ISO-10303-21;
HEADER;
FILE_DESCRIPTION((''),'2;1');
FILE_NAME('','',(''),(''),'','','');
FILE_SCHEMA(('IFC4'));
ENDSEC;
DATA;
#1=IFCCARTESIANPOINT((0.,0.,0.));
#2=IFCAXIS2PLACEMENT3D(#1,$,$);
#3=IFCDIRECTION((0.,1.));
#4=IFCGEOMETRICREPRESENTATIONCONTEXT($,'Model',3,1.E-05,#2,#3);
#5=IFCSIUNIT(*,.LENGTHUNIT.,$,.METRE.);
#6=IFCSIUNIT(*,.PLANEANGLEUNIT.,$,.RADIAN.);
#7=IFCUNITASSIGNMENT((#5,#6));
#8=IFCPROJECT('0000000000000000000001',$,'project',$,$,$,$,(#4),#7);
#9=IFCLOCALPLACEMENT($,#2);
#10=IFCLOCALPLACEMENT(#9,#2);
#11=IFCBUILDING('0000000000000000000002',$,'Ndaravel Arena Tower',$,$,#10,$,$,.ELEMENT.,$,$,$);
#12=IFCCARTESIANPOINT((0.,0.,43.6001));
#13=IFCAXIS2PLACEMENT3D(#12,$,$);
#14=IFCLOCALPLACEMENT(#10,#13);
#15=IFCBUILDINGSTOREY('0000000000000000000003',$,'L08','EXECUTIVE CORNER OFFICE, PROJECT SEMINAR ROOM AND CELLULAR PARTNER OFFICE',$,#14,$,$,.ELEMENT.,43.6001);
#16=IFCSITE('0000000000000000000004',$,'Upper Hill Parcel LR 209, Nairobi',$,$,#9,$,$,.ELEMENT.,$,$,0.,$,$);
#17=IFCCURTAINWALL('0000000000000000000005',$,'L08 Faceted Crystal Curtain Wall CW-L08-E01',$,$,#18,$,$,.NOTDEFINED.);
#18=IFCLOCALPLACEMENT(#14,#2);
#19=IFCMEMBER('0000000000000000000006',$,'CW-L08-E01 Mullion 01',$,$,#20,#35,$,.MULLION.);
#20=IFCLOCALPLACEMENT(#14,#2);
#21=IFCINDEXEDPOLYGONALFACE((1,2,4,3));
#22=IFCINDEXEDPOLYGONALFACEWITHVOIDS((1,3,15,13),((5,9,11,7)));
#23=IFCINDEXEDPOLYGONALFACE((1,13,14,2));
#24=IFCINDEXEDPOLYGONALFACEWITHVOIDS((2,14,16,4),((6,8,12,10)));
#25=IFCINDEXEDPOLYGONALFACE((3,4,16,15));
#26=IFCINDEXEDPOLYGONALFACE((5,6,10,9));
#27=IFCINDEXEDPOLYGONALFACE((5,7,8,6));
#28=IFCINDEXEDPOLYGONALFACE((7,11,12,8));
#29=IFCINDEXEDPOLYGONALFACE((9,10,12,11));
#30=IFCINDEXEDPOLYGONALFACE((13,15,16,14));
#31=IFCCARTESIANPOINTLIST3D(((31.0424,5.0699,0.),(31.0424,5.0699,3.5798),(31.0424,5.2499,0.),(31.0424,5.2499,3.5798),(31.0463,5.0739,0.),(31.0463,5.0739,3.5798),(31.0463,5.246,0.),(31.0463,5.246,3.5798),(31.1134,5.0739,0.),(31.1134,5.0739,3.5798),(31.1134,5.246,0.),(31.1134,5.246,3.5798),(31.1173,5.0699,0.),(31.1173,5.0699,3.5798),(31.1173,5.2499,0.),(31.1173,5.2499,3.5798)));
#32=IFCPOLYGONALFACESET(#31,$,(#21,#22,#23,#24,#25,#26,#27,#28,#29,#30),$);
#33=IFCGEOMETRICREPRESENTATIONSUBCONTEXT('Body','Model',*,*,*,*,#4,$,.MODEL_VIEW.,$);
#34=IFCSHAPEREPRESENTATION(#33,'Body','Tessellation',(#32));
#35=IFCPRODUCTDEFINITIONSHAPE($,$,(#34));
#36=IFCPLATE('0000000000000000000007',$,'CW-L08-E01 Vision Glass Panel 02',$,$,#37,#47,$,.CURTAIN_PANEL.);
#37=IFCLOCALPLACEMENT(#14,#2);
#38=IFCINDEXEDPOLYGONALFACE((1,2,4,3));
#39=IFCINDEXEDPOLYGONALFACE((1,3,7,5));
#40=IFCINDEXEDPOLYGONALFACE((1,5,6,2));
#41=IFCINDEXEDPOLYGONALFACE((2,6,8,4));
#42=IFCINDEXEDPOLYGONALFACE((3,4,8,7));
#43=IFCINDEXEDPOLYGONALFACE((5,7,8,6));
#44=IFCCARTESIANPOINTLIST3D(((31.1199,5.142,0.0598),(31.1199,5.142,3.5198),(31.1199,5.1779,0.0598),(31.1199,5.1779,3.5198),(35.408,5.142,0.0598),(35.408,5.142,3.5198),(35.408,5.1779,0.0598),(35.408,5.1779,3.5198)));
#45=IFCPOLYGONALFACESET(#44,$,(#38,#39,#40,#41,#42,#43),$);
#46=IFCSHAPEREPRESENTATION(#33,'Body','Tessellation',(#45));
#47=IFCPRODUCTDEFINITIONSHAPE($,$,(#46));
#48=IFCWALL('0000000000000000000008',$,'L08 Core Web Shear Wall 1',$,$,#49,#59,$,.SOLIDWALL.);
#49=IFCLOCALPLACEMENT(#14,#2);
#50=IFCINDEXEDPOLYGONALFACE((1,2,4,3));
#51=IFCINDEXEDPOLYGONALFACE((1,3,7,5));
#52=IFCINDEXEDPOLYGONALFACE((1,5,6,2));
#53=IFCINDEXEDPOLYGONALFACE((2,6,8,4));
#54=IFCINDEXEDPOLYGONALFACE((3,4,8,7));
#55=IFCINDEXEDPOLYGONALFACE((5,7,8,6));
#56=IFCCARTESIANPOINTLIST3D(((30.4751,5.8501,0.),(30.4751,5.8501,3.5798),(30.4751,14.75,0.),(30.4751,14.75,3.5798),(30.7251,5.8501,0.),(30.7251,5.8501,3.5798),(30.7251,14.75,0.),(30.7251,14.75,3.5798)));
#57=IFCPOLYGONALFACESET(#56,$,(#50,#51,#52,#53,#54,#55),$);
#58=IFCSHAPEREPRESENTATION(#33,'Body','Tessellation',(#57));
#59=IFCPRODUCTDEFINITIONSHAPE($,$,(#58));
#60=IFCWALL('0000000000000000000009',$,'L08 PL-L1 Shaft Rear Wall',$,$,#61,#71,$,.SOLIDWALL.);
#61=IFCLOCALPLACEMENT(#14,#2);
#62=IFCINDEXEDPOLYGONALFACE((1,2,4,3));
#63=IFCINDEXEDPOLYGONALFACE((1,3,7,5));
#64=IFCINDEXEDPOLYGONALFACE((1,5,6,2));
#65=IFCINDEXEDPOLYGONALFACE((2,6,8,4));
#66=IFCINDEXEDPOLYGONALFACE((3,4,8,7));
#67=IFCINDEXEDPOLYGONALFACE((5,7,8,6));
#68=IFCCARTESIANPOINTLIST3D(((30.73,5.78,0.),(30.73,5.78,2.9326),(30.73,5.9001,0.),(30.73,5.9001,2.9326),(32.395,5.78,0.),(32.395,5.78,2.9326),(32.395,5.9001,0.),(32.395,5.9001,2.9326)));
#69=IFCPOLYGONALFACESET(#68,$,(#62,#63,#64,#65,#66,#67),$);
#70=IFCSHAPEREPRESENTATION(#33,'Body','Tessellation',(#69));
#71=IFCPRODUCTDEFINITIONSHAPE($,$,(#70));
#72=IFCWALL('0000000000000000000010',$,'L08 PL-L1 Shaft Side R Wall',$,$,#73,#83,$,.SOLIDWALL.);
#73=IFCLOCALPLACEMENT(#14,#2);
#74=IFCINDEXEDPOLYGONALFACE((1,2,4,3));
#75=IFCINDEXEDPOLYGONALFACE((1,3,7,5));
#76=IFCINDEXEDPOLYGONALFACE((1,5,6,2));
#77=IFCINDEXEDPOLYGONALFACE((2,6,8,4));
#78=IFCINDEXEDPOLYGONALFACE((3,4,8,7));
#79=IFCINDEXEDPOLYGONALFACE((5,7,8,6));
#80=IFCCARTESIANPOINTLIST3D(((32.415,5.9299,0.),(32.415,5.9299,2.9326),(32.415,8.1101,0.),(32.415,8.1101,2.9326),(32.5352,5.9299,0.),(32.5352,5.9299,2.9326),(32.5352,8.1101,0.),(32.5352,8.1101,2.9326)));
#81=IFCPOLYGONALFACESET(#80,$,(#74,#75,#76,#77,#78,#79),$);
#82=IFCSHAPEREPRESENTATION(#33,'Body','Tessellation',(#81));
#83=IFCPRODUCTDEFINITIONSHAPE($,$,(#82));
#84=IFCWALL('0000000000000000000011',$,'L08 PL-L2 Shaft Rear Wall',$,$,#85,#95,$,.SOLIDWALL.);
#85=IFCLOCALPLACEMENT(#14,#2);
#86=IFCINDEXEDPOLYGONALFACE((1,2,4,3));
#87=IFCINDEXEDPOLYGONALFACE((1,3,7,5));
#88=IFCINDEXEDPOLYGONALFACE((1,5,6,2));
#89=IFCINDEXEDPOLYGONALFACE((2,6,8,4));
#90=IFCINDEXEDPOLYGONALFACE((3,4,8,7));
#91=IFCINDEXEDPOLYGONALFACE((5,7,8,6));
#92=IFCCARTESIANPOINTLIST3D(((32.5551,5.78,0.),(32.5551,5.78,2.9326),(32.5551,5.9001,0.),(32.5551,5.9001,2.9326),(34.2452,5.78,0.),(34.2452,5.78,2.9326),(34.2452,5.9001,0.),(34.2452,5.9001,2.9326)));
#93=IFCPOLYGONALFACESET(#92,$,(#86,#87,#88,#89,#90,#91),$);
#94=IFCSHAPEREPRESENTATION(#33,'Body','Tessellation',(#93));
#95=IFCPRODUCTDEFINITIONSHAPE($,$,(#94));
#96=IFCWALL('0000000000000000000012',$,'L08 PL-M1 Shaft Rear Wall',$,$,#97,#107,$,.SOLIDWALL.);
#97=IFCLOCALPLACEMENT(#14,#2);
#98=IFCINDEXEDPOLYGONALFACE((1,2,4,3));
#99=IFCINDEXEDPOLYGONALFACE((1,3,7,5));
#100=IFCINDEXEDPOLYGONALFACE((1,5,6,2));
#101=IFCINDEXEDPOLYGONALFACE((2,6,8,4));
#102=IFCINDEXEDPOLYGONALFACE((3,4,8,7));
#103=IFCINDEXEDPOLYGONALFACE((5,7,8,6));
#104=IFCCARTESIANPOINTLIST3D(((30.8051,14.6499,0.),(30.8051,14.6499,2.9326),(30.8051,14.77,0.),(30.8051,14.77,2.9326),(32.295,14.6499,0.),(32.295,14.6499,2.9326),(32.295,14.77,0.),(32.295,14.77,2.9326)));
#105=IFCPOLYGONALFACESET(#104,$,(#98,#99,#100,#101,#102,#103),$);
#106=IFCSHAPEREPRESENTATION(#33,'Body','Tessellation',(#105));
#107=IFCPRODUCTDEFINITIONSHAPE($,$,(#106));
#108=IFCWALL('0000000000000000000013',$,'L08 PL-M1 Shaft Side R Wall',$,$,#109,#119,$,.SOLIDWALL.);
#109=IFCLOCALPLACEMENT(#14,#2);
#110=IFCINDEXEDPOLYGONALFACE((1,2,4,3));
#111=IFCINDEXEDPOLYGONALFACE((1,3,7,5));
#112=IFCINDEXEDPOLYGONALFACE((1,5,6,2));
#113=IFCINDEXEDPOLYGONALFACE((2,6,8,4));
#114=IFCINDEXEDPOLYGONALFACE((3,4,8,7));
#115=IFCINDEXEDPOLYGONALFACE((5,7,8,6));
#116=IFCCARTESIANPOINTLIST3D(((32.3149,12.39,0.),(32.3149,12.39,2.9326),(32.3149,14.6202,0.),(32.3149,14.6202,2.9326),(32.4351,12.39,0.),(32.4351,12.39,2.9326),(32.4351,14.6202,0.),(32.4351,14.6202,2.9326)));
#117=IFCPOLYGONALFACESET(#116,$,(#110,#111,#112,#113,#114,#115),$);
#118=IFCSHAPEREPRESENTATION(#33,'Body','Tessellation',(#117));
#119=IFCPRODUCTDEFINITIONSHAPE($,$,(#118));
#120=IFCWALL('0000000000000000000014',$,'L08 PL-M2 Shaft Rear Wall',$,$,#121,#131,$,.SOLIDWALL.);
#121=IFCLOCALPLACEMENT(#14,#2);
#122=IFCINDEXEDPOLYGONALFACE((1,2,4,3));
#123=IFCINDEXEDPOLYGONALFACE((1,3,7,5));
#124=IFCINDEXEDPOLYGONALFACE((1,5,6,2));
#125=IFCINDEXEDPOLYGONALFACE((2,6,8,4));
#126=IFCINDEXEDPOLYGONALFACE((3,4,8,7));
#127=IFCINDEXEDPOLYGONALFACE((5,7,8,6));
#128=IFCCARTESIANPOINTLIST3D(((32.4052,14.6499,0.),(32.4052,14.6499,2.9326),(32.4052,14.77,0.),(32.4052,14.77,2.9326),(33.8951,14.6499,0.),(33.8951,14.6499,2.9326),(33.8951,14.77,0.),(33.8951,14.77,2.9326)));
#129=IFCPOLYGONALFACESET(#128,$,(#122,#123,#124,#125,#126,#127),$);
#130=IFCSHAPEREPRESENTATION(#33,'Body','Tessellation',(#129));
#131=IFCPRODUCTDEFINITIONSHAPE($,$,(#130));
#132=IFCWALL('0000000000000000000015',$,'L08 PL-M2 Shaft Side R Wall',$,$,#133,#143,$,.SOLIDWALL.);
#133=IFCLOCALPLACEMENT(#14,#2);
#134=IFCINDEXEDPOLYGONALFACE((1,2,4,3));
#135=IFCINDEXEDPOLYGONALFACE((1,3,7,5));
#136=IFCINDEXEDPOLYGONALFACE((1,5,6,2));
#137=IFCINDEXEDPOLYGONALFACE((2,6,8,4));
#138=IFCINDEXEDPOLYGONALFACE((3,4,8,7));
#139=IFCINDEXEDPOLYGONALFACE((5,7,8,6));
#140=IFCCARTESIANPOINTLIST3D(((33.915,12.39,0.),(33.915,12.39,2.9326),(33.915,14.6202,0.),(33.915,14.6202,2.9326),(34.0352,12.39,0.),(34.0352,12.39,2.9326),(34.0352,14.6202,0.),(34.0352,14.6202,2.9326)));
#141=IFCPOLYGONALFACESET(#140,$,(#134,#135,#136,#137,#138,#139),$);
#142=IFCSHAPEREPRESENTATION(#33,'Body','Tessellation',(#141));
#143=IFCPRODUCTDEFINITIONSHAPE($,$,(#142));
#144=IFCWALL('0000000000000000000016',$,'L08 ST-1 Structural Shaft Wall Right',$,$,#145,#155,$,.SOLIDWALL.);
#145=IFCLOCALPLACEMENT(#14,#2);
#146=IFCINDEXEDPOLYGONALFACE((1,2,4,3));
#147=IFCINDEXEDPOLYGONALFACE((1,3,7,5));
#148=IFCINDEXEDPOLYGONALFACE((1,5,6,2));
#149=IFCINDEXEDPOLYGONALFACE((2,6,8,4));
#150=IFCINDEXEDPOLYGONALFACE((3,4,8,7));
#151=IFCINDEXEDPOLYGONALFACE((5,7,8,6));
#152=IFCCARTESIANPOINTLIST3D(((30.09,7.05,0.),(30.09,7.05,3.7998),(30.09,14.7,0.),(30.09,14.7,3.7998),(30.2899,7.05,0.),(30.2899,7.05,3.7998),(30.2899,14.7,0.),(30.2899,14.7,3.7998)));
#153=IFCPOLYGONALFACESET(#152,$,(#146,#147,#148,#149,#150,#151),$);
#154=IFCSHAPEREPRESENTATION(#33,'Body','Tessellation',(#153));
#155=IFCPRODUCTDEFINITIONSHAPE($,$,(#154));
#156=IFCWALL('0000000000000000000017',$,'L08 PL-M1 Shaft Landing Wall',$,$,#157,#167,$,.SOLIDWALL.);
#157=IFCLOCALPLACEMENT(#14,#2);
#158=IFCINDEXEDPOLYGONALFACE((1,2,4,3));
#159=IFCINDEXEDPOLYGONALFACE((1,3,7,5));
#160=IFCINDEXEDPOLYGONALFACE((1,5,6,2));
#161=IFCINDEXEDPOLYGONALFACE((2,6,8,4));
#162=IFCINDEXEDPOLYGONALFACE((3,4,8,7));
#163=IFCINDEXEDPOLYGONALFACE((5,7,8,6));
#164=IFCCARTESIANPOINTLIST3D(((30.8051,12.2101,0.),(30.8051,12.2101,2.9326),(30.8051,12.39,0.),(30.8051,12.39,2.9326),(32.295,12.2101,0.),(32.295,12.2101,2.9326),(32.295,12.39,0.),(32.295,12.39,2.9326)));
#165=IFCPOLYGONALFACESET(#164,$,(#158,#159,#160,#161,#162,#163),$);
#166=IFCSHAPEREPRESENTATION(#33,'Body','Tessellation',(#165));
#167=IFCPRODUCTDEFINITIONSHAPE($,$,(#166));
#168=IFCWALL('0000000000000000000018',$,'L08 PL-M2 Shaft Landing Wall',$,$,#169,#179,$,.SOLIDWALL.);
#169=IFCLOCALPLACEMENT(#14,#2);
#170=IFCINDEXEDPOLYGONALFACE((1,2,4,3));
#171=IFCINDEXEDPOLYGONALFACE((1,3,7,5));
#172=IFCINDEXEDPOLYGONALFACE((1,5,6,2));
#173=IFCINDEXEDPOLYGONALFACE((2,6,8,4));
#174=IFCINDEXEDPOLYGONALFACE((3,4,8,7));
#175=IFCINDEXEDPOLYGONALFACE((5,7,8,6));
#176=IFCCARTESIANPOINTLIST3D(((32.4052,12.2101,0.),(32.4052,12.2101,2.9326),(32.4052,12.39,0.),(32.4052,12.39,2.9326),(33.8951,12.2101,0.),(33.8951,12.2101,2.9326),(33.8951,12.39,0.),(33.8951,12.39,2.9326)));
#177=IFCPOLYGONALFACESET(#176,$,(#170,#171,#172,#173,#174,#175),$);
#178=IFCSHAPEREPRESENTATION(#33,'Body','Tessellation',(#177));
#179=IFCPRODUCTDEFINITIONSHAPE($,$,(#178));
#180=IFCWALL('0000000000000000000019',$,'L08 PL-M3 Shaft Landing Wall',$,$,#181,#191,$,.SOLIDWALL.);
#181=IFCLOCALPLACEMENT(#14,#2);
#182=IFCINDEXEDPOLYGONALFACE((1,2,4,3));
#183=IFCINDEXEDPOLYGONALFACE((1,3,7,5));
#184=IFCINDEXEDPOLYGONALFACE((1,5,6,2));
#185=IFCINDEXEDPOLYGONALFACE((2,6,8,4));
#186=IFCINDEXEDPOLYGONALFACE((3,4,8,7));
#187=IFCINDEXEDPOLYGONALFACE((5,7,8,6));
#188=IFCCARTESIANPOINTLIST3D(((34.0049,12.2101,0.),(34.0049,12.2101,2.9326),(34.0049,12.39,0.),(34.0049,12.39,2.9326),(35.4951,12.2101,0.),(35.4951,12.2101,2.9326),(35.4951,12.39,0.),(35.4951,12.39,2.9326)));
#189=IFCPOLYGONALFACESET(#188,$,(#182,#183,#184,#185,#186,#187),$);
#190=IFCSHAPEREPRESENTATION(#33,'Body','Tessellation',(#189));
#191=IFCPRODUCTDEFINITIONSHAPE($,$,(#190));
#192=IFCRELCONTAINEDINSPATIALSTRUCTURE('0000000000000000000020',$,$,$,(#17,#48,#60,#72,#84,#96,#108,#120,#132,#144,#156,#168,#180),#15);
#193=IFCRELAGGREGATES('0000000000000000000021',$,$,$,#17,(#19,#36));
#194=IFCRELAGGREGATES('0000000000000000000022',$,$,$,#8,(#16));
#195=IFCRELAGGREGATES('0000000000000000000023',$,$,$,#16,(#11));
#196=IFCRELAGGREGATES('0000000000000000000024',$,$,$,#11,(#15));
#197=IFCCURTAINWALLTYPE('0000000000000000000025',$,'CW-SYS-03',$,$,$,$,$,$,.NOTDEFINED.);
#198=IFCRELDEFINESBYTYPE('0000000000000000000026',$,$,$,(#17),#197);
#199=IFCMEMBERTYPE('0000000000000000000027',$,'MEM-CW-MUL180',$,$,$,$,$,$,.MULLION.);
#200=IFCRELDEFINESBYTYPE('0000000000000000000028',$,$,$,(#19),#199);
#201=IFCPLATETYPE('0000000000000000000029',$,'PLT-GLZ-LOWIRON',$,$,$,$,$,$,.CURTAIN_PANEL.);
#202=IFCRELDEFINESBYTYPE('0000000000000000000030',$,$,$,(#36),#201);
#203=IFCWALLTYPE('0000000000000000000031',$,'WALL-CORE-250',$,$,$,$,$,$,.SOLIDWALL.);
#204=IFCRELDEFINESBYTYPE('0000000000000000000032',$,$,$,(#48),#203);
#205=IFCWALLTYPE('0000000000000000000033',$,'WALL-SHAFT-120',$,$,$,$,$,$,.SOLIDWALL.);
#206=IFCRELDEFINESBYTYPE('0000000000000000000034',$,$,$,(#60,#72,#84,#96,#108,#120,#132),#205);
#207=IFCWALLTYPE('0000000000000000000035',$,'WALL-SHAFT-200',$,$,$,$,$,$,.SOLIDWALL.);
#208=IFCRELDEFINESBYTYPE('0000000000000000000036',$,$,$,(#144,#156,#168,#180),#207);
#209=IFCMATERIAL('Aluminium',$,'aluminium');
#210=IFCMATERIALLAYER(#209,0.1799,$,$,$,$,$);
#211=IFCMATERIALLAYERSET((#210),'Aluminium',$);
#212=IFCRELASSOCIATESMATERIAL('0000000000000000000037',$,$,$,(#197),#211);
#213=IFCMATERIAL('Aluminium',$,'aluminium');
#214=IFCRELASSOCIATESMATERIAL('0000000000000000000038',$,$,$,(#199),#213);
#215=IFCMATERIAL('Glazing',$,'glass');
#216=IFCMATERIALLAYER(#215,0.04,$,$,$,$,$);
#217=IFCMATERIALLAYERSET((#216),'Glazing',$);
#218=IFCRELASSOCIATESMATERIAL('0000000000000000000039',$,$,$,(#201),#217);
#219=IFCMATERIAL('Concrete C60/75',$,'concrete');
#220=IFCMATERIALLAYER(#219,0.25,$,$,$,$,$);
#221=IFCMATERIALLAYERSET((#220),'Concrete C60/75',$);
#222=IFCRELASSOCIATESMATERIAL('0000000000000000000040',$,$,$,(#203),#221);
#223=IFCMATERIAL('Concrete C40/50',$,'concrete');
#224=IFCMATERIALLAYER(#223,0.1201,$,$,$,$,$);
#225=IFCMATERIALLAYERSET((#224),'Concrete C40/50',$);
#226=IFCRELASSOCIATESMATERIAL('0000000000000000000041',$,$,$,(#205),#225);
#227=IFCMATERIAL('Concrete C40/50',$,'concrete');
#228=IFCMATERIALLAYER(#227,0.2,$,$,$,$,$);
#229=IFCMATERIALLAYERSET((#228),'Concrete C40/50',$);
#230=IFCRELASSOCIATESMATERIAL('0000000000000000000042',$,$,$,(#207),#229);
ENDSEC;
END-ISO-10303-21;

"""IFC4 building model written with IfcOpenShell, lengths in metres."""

from ifc_helpers import new_model, si_unit, direction, frame, frame_2d, origin, origin_2d, place, context, subcontext, project, spatial, rectangle, hollow_rectangle, extrude, material, layer, layer_set, material_profile, profile_set, type_object, element, aggregate, save


model = new_model("IFC4")

# Units and contexts
model_context = context("Model", 3, precision=1e-05, world=origin(), true_north=direction((0.0, 1.0)))
body_context = subcontext(model_context, "Body", "Model", "MODEL_VIEW")
ifc_project = project(units=[si_unit("LENGTHUNIT", "METRE"), si_unit("PLANEANGLEUNIT", "RADIAN")], contexts=[model_context])

# Site, building, storey
site_placement = place(None, origin())
site = spatial("IfcSite", under=ifc_project, at=site_placement, Name="Upper Hill Parcel LR 209, Nairobi", CompositionType="ELEMENT", RefElevation=0.0)
building_placement = place(site_placement, origin())
building = spatial("IfcBuilding", under=site, at=building_placement, Name="Ndaravel Arena Tower", CompositionType="ELEMENT")
storey_placement = place(building_placement, frame((0.0, 0.0, 43.6001)))
storey = spatial("IfcBuildingStorey", under=building, at=storey_placement, Name="L08", Description="EXECUTIVE CORNER OFFICE, PROJECT SEMINAR ROOM AND CELLULAR PARTNER OFFICE", CompositionType="ELEMENT", Elevation=43.6001)

# Curtain wall, member, plate
ifc_material_1 = material(Name="Aluminium", Category="aluminium")
ifc_layer_1 = layer(ifc_material_1, 0.1799)
ifc_layer_set_1 = layer_set([ifc_layer_1], Name="Aluminium")
curtain_wall_type = type_object("IfcCurtainWallType", Name="CW-SYS-03", PredefinedType="NOTDEFINED", material=ifc_layer_set_1)
curtain_wall_placement = place(storey_placement, origin())
curtain_wall = element("IfcCurtainWall", 1, at=curtain_wall_placement, inside=storey, type_object=curtain_wall_type, Name="L08 Faceted Crystal Curtain Wall CW-L08-E01", PredefinedType="NOTDEFINED")
ifc_material_2 = material(Name="Aluminium", Category="aluminium")
ifc_material_profile = material_profile(ifc_material_2, hollow_rectangle(XDim=0.075, YDim=0.1799, WallThickness=0.0039, at=origin_2d()), Name="CW MULLION 75x180x4")
ifc_profile_set = profile_set([ifc_material_profile], Name="Aluminium")
member_type = type_object("IfcMemberType", Name="MEM-CW-MUL180", PredefinedType="MULLION", material=ifc_profile_set)
member_placement = place(storey_placement, frame((31.0798, 5.1599, 0.0), z_axis=(0.0, 0.0, 1.0), x_axis=(1.0, 0.0, 0.0)))
member = element("IfcMember", 2, at=member_placement, type_object=member_type, Name="CW-L08-E01 Mullion 01", PredefinedType="MULLION", context=body_context, shape_type="SweptSolid", body=[
    extrude(hollow_rectangle(XDim=0.075, YDim=0.1799, WallThickness=0.0039, at=origin_2d()), origin(), (0.0, 0.0, 1.0), 3.5798),
])
ifc_material_3 = material(Name="Glazing", Category="glass")
ifc_layer_2 = layer(ifc_material_3, 0.04)
ifc_layer_set_2 = layer_set([ifc_layer_2], Name="Glazing")
plate_type = type_object("IfcPlateType", Name="PLT-GLZ-LOWIRON", PredefinedType="CURTAIN_PANEL", material=ifc_layer_set_2)
plate_placement = place(storey_placement, frame((33.2639, 5.1599, 0.0598), z_axis=(0.0, 0.0, 1.0), x_axis=(1.0, 0.0, 0.0)))
plate = element("IfcPlate", 3, at=plate_placement, type_object=plate_type, Name="CW-L08-E01 Vision Glass Panel 02", PredefinedType="CURTAIN_PANEL", context=body_context, shape_type="SweptSolid", body=[
    extrude(rectangle(XDim=4.2881, YDim=0.0359, at=origin_2d()), origin(), (0.0, 0.0, 1.0), 3.46),
])
aggregate(curtain_wall, [member, plate])

# Walls
ifc_material_4 = material(Name="Concrete C60/75", Category="concrete")
ifc_layer_3 = layer(ifc_material_4, 0.25)
ifc_layer_set_3 = layer_set([ifc_layer_3], Name="Concrete C60/75")
wall_type_1 = type_object("IfcWallType", Name="WALL-CORE-250", PredefinedType="SOLIDWALL", material=ifc_layer_set_3)
wall_1_placement = place(storey_placement, frame((30.6001, 5.8501, 0.0), z_axis=(0.0, 0.0, 1.0), x_axis=(0.0, 1.0, 0.0)))
element("IfcWall", 4, at=wall_1_placement, inside=storey, type_object=wall_type_1, Name="L08 Core Web Shear Wall 1", PredefinedType="SOLIDWALL", context=body_context, shape_type="SweptSolid", body=[
    extrude(rectangle(XDim=8.8999, YDim=0.25, at=frame_2d((4.45, 0.0))), origin(), (0.0, 0.0, 1.0), 3.5798),
])
ifc_material_5 = material(Name="Concrete C40/50", Category="concrete")
ifc_layer_4 = layer(ifc_material_5, 0.1201)
ifc_layer_set_4 = layer_set([ifc_layer_4], Name="Concrete C40/50")
wall_type_2 = type_object("IfcWallType", Name="WALL-SHAFT-120", PredefinedType="SOLIDWALL", material=ifc_layer_set_4)
wall_2_placement = place(storey_placement, frame((30.73, 5.8401, 0.0), z_axis=(0.0, 0.0, 1.0), x_axis=(1.0, 0.0, 0.0)))
element("IfcWall", 5, at=wall_2_placement, inside=storey, type_object=wall_type_2, Name="L08 PL-L1 Shaft Rear Wall", PredefinedType="SOLIDWALL", context=body_context, shape_type="SweptSolid", body=[
    extrude(rectangle(XDim=1.665, YDim=0.1201, at=frame_2d((0.8325, 0.0))), origin(), (0.0, 0.0, 1.0), 2.9326),
])
wall_3_placement = place(storey_placement, frame((32.4751, 5.9299, 0.0), z_axis=(0.0, 0.0, 1.0), x_axis=(0.0, 1.0, 0.0)))
element("IfcWall", 6, at=wall_3_placement, inside=storey, type_object=wall_type_2, Name="L08 PL-L1 Shaft Side R Wall", PredefinedType="SOLIDWALL", context=body_context, shape_type="SweptSolid", body=[
    extrude(rectangle(XDim=2.1802, YDim=0.1201, at=frame_2d((1.0901, 0.0))), origin(), (0.0, 0.0, 1.0), 2.9326),
])
wall_4_placement = place(storey_placement, frame((32.5549, 5.8401, 0.0), z_axis=(0.0, 0.0, 1.0), x_axis=(1.0, 0.0, 0.0)))
element("IfcWall", 7, at=wall_4_placement, inside=storey, type_object=wall_type_2, Name="L08 PL-L2 Shaft Rear Wall", PredefinedType="SOLIDWALL", context=body_context, shape_type="SweptSolid", body=[
    extrude(rectangle(XDim=1.6902, YDim=0.1201, at=frame_2d((0.8452, 0.0))), origin(), (0.0, 0.0, 1.0), 2.9326),
])
wall_5_placement = place(storey_placement, frame((30.8049, 14.71, 0.0), z_axis=(0.0, 0.0, 1.0), x_axis=(1.0, 0.0, 0.0)))
element("IfcWall", 8, at=wall_5_placement, inside=storey, type_object=wall_type_2, Name="L08 PL-M1 Shaft Rear Wall", PredefinedType="SOLIDWALL", context=body_context, shape_type="SweptSolid", body=[
    extrude(rectangle(XDim=1.49, YDim=0.1201, at=frame_2d((0.7451, 0.0))), origin(), (0.0, 0.0, 1.0), 2.9326),
])
wall_6_placement = place(storey_placement, frame((32.375, 12.3899, 0.0), z_axis=(0.0, 0.0, 1.0), x_axis=(0.0, 1.0, 0.0)))
element("IfcWall", 9, at=wall_6_placement, inside=storey, type_object=wall_type_2, Name="L08 PL-M1 Shaft Side R Wall", PredefinedType="SOLIDWALL", context=body_context, shape_type="SweptSolid", body=[
    extrude(rectangle(XDim=2.2302, YDim=0.1201, at=frame_2d((1.1152, 0.0))), origin(), (0.0, 0.0, 1.0), 2.9326),
])
wall_7_placement = place(storey_placement, frame((32.405, 14.71, 0.0), z_axis=(0.0, 0.0, 1.0), x_axis=(1.0, 0.0, 0.0)))
element("IfcWall", 10, at=wall_7_placement, inside=storey, type_object=wall_type_2, Name="L08 PL-M2 Shaft Rear Wall", PredefinedType="SOLIDWALL", context=body_context, shape_type="SweptSolid", body=[
    extrude(rectangle(XDim=1.49, YDim=0.1201, at=frame_2d((0.7451, 0.0))), origin(), (0.0, 0.0, 1.0), 2.9326),
])
wall_8_placement = place(storey_placement, frame((33.9751, 12.3899, 0.0), z_axis=(0.0, 0.0, 1.0), x_axis=(0.0, 1.0, 0.0)))
element("IfcWall", 11, at=wall_8_placement, inside=storey, type_object=wall_type_2, Name="L08 PL-M2 Shaft Side R Wall", PredefinedType="SOLIDWALL", context=body_context, shape_type="SweptSolid", body=[
    extrude(rectangle(XDim=2.2302, YDim=0.1201, at=frame_2d((1.1152, 0.0))), origin(), (0.0, 0.0, 1.0), 2.9326),
])
ifc_material_6 = material(Name="Concrete C40/50", Category="concrete")
ifc_layer_5 = layer(ifc_material_6, 0.2)
ifc_layer_set_5 = layer_set([ifc_layer_5], Name="Concrete C40/50")
wall_type_3 = type_object("IfcWallType", Name="WALL-SHAFT-200", PredefinedType="SOLIDWALL", material=ifc_layer_set_5)
wall_9_placement = place(storey_placement, frame((30.1899, 14.7, 0.0), z_axis=(0.0, 0.0, 1.0), x_axis=(0.0, -1.0, 0.0)))
element("IfcWall", 12, at=wall_9_placement, inside=storey, type_object=wall_type_3, Name="L08 ST-1 Structural Shaft Wall Right", PredefinedType="SOLIDWALL", context=body_context, shape_type="SweptSolid", body=[
    extrude(rectangle(XDim=7.6499, YDim=0.2, at=frame_2d((3.825, 0.0))), origin(), (0.0, 0.0, 1.0), 3.7998),
])

# Walls
for number, where, z_axis, x_axis, name in (
    (13, (30.8049, 12.3, 0.0), (0.0, 0.0, 1.0), (1.0, 0.0, 0.0), "L08 PL-M1 Shaft Landing Wall"),
    (14, (32.405, 12.3, 0.0), (0.0, 0.0, 1.0), (1.0, 0.0, 0.0), "L08 PL-M2 Shaft Landing Wall"),
):
    element("IfcWall", number, at=place(storey_placement, frame(where, z_axis=z_axis, x_axis=x_axis)), inside=storey, type_object=wall_type_3, Name=name, PredefinedType="SOLIDWALL", context=body_context, shape_type="SweptSolid", body=[
        extrude(rectangle(XDim=1.49, YDim=0.1799, at=frame_2d((0.7451, 0.0))), origin(), (0.0, 0.0, 1.0), 2.9326),
    ])
wall_10_placement = place(storey_placement, frame((34.0049, 12.3, 0.0), z_axis=(0.0, 0.0, 1.0), x_axis=(1.0, 0.0, 0.0)))
element("IfcWall", 15, at=wall_10_placement, inside=storey, type_object=wall_type_3, Name="L08 PL-M3 Shaft Landing Wall", PredefinedType="SOLIDWALL", context=body_context, shape_type="SweptSolid", body=[
    extrude(rectangle(XDim=1.4902, YDim=0.1799, at=frame_2d((0.7451, 0.0))), origin(), (0.0, 0.0, 1.0), 2.9326),
])

save(model, "model.ifc")
